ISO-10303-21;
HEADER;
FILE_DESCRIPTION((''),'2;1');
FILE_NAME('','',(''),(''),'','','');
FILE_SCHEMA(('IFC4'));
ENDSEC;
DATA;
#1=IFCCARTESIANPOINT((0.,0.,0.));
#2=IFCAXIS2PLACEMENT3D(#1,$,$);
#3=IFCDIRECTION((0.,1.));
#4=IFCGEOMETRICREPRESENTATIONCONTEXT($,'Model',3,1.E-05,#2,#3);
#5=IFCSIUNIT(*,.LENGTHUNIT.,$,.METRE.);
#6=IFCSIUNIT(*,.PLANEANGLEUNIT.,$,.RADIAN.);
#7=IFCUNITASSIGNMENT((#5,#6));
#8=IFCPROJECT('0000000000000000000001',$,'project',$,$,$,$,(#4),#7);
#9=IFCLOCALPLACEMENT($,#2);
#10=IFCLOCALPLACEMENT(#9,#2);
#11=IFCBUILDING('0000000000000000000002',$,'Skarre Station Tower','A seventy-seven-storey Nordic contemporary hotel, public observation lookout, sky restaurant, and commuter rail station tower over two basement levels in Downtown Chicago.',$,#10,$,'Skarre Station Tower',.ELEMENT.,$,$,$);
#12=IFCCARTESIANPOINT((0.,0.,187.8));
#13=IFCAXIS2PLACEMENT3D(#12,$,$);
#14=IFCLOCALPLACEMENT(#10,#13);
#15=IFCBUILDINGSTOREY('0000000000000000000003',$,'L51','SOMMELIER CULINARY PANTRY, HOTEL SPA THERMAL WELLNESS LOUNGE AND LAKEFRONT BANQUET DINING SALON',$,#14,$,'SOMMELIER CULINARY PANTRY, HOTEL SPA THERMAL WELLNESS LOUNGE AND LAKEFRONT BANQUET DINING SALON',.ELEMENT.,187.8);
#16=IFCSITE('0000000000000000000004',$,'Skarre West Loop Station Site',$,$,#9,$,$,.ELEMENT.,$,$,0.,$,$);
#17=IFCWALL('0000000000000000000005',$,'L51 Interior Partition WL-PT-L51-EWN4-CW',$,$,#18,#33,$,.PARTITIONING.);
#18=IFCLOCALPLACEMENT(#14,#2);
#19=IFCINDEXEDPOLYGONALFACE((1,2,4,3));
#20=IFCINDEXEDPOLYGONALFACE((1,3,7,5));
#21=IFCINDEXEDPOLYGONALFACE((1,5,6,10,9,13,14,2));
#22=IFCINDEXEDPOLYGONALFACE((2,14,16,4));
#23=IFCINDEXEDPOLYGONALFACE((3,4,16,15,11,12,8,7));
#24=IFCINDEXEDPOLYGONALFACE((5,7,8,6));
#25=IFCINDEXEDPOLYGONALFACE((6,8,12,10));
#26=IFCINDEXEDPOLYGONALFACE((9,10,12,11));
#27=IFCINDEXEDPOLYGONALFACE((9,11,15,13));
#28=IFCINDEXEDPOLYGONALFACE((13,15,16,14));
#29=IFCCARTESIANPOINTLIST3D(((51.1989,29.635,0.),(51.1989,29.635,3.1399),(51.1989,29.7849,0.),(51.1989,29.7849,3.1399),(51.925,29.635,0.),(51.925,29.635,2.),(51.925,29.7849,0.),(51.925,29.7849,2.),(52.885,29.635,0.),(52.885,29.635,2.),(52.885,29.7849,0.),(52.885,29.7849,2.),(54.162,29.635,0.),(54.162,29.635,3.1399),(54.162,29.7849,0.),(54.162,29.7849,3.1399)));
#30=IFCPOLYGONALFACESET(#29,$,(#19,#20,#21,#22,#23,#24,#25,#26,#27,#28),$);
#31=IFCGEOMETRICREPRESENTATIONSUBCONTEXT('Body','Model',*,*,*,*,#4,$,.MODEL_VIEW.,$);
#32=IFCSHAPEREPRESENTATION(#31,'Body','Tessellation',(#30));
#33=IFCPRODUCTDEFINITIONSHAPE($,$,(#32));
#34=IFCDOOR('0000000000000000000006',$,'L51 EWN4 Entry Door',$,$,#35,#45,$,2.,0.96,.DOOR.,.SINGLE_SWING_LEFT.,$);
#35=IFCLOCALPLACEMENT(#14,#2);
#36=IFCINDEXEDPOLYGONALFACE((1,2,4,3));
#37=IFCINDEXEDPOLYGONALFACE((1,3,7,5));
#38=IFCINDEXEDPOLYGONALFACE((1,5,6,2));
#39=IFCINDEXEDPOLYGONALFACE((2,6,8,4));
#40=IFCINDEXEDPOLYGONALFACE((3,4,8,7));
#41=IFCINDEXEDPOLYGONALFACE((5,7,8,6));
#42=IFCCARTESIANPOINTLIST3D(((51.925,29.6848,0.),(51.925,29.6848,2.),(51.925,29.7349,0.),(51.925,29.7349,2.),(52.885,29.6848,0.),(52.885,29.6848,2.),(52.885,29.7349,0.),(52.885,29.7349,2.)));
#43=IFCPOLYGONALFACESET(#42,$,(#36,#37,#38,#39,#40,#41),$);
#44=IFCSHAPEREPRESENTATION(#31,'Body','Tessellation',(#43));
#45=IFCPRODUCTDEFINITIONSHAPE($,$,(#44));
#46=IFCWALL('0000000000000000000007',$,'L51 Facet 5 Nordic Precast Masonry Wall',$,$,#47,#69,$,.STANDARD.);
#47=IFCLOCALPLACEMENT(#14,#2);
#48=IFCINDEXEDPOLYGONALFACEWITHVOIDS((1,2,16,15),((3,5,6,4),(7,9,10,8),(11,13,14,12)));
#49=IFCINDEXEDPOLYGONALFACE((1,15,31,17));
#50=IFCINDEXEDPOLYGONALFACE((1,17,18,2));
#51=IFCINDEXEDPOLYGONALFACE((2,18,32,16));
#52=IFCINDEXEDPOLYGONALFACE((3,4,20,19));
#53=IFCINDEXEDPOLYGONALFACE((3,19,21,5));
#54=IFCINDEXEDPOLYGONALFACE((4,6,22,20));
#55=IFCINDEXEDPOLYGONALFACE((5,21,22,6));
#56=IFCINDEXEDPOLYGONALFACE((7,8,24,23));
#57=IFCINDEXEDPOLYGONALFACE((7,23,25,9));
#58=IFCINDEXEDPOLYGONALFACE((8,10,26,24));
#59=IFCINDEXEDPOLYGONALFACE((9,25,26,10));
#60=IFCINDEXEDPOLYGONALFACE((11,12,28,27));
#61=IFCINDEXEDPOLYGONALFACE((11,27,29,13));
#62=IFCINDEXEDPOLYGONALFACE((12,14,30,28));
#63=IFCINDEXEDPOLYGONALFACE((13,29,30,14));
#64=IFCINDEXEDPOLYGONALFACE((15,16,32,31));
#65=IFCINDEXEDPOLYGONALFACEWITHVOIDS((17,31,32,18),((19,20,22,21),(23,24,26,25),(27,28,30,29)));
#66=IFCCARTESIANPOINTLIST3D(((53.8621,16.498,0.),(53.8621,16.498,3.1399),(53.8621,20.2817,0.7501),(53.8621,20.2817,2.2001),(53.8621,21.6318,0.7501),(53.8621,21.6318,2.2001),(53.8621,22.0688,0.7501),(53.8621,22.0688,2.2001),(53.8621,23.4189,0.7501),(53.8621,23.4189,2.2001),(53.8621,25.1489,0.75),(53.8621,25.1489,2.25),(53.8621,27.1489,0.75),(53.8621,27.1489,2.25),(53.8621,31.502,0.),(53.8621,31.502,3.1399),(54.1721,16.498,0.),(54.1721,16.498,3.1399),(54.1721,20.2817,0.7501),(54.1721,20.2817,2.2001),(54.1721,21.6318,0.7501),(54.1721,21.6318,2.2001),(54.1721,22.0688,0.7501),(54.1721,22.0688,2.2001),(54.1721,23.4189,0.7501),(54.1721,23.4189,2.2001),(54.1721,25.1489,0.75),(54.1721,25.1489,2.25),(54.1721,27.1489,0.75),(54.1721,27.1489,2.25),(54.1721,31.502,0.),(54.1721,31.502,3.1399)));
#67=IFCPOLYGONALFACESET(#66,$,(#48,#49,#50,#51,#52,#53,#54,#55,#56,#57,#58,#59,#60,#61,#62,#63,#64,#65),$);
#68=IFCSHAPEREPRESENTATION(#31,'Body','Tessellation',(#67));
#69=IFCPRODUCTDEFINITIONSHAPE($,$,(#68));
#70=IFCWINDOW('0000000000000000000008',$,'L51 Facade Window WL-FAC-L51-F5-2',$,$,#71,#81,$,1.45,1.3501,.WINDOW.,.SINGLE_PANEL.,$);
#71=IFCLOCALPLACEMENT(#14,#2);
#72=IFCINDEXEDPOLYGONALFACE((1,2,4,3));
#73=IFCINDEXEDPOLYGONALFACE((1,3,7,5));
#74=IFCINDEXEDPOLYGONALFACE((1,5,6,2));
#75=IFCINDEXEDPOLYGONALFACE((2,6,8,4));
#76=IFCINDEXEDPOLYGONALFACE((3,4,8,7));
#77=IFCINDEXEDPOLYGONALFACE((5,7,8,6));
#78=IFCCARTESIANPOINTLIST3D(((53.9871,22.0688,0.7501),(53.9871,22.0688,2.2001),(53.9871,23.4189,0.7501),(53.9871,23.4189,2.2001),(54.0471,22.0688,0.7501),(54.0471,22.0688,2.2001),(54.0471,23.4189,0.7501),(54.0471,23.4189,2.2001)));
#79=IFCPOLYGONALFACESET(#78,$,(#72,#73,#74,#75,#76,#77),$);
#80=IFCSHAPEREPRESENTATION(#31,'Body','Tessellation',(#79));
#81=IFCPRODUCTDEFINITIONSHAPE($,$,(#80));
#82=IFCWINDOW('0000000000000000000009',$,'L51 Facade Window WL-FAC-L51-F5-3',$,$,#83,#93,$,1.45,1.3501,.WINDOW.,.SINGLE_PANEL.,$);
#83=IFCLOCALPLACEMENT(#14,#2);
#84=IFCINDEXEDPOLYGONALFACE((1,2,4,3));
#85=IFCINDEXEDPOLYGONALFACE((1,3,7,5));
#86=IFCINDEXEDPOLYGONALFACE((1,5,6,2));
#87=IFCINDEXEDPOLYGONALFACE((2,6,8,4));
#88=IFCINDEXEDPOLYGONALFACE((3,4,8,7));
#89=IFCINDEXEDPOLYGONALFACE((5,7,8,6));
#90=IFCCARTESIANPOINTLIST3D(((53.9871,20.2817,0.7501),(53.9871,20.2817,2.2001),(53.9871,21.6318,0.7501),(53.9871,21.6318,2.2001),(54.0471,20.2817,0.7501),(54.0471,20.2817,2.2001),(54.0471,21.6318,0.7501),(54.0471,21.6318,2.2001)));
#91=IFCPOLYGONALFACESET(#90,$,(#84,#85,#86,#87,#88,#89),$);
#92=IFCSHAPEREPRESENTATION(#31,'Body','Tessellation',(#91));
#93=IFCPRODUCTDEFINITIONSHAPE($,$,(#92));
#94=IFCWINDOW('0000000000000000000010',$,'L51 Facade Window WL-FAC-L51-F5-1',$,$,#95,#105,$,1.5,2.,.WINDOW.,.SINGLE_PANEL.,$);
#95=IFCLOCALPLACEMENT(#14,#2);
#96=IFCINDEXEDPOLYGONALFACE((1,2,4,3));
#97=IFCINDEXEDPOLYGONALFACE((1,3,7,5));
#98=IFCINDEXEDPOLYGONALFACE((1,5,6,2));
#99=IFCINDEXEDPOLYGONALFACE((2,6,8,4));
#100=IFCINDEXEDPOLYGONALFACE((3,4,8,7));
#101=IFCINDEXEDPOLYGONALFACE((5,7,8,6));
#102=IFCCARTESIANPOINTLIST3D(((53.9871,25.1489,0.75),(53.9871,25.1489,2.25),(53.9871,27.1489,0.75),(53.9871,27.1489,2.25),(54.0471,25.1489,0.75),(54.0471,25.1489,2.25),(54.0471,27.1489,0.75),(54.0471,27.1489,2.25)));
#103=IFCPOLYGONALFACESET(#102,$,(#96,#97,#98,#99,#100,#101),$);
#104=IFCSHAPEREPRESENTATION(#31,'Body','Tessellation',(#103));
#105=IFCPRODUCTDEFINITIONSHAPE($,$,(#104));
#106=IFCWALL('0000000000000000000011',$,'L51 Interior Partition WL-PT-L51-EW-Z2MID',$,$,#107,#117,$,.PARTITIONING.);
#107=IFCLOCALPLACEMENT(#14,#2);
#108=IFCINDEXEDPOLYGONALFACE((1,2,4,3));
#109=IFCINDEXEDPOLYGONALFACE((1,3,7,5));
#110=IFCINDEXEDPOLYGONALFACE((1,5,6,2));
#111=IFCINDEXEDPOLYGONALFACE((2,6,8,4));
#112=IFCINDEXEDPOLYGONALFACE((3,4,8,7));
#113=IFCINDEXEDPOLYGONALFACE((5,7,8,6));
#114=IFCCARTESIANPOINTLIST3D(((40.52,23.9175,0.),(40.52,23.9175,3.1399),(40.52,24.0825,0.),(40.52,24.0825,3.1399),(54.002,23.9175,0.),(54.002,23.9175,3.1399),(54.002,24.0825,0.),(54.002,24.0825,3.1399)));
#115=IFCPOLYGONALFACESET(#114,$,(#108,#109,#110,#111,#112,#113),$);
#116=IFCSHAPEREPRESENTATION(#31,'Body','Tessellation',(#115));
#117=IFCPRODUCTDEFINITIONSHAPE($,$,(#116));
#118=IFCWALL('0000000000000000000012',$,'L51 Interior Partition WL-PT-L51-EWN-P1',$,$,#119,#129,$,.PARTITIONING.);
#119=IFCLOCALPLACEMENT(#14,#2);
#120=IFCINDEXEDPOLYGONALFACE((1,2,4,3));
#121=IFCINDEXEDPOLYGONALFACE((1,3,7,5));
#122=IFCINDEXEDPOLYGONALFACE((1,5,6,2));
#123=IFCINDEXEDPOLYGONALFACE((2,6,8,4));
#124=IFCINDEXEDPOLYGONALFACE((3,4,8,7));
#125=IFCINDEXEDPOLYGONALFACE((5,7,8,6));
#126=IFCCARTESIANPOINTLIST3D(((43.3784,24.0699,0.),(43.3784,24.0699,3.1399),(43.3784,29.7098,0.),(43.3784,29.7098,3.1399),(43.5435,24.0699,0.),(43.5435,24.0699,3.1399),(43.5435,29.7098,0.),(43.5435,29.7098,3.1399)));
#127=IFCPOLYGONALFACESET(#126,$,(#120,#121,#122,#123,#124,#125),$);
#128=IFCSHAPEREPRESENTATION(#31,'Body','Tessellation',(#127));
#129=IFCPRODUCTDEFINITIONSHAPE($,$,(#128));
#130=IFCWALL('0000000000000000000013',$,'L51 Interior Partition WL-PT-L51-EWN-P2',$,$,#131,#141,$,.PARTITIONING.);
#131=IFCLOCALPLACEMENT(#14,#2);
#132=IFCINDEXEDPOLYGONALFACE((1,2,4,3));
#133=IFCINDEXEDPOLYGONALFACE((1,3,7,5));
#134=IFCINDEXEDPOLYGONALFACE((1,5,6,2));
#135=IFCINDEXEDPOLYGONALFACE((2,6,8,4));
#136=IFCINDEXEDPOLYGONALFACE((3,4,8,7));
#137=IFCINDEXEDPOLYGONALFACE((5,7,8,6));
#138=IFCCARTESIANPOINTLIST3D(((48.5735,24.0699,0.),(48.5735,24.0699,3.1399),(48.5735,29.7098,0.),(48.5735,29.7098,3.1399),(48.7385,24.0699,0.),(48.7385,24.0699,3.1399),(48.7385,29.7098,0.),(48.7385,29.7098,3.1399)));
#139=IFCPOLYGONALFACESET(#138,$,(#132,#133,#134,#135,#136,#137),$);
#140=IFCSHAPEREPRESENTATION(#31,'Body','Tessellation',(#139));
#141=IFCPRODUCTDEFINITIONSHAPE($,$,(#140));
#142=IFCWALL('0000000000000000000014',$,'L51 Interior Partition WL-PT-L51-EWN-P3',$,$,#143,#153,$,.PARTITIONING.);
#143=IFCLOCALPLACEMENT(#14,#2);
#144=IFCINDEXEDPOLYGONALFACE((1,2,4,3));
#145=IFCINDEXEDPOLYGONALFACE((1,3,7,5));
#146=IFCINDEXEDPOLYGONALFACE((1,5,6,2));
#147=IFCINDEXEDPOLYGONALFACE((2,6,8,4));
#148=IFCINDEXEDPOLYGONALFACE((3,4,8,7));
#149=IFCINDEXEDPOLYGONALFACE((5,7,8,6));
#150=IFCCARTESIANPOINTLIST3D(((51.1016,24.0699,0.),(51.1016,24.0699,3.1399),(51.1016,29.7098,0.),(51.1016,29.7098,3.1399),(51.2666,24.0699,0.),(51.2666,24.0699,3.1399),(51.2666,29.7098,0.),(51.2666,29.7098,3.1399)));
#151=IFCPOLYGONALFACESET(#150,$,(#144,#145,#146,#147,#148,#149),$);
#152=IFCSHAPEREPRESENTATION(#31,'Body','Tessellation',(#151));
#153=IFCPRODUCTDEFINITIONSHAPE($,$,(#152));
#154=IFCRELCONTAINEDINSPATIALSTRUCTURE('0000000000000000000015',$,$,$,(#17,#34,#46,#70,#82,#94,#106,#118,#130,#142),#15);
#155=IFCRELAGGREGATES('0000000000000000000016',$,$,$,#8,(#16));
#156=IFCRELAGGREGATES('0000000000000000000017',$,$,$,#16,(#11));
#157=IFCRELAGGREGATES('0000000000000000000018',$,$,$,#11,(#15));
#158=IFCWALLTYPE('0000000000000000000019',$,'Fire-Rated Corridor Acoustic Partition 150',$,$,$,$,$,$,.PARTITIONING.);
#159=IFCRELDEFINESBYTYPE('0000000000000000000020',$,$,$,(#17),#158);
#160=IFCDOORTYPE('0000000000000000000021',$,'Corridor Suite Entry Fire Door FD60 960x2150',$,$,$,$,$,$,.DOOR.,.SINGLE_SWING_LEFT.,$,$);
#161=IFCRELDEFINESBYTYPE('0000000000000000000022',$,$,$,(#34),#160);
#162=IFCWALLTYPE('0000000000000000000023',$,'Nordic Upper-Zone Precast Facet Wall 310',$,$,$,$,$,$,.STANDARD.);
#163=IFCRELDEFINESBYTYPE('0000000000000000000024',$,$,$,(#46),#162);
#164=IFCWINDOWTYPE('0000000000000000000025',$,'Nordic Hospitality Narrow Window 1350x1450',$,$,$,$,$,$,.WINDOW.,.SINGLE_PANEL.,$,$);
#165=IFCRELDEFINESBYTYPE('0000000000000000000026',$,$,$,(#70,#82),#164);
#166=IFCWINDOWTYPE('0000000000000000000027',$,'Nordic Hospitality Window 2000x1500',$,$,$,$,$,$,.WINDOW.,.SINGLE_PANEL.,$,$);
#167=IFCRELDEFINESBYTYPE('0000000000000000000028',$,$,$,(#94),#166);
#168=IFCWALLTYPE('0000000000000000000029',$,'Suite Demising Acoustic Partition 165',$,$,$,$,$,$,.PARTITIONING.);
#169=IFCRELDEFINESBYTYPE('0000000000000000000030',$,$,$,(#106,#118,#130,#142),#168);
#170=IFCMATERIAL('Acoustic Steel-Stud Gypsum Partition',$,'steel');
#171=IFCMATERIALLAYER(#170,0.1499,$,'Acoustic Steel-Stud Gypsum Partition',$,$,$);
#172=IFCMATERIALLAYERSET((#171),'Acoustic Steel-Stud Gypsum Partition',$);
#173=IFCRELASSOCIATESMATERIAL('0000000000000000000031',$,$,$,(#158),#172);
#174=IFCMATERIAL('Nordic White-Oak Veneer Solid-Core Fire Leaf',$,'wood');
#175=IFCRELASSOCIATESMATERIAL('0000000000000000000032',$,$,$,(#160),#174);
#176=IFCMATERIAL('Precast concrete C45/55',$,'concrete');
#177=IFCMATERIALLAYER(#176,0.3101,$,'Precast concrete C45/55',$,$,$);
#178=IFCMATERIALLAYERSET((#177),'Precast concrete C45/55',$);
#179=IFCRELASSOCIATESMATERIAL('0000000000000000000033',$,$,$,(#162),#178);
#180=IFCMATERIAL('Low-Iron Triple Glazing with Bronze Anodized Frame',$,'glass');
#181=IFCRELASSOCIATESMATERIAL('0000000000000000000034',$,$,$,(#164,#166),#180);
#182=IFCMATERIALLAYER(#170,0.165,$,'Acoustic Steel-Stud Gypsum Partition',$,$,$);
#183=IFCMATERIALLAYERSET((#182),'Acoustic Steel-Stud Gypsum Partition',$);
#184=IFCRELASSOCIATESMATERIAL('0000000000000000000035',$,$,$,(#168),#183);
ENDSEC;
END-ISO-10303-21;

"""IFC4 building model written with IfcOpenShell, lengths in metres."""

from ifc_helpers import new_model, si_unit, direction, frame, frame_2d, origin, place, context, subcontext, project, spatial, rectangle, extrude, material, layer, layer_set, type_object, element, fill, save


model = new_model("IFC4")

# Units and contexts
model_context = context("Model", 3, precision=1e-05, world=origin(), true_north=direction((0.0, 1.0)))
body_context = subcontext(model_context, "Body", "Model", "MODEL_VIEW")
ifc_project = project(units=[si_unit("LENGTHUNIT", "METRE"), si_unit("PLANEANGLEUNIT", "RADIAN")], contexts=[model_context])

# Site, building, storey
site_placement = place(None, origin())
site = spatial("IfcSite", under=ifc_project, at=site_placement, Name="Skarre West Loop Station Site", CompositionType="ELEMENT", RefElevation=0.0)
building_placement = place(site_placement, origin())
building = spatial("IfcBuilding", under=site, at=building_placement, Name="Skarre Station Tower", Description="A seventy-seven-storey Nordic contemporary hotel, public observation lookout, sky restaurant, and commuter rail station tower over two basement levels in Downtown Chicago.", LongName="Skarre Station Tower", CompositionType="ELEMENT")
storey_placement = place(building_placement, frame((0.0, 0.0, 187.8)))
storey = spatial("IfcBuildingStorey", under=building, at=storey_placement, Name="L51", Description="SOMMELIER CULINARY PANTRY, HOTEL SPA THERMAL WELLNESS LOUNGE AND LAKEFRONT BANQUET DINING SALON", LongName="SOMMELIER CULINARY PANTRY, HOTEL SPA THERMAL WELLNESS LOUNGE AND LAKEFRONT BANQUET DINING SALON", CompositionType="ELEMENT", Elevation=187.8)

# Wall, opening, door
ifc_material_1 = material(Name="Acoustic Steel-Stud Gypsum Partition", Category="steel")
ifc_layer_1 = layer(ifc_material_1, 0.1499, Name="Acoustic Steel-Stud Gypsum Partition")
ifc_layer_set_1 = layer_set([ifc_layer_1], Name="Acoustic Steel-Stud Gypsum Partition")
wall_type_1 = type_object("IfcWallType", Name="Fire-Rated Corridor Acoustic Partition 150", PredefinedType="PARTITIONING", material=ifc_layer_set_1)
ifc_material_2 = material(Name="Nordic White-Oak Veneer Solid-Core Fire Leaf", Category="wood")
door_type = type_object("IfcDoorType", Name="Corridor Suite Entry Fire Door FD60 960x2150", OperationType="SINGLE_SWING_LEFT", PredefinedType="DOOR", material=ifc_material_2)
wall_1_placement = place(storey_placement, frame((51.199, 29.71, 0.0), z_axis=(0.0, 0.0, 1.0), x_axis=(1.0, 0.0, 0.0)))
wall_1 = element("IfcWall", 1, at=wall_1_placement, inside=storey, type_object=wall_type_1, Name="L51 Interior Partition WL-PT-L51-EWN4-CW", PredefinedType="PARTITIONING", context=body_context, shape_type="SweptSolid", body=[
    extrude(rectangle(XDim=2.9631, YDim=0.1499, at=frame_2d((1.4814, 0.0))), origin(), (0.0, 0.0, 1.0), 3.1399),
])
opening_1_placement = place(wall_1_placement, frame((0.7261, 0.0, 0.0)))
opening_1 = element("IfcOpeningElement", 2, at=opening_1_placement, cuts=wall_1, PredefinedType="OPENING", context=body_context, shape_type="SweptSolid", body=[
    extrude(rectangle(XDim=0.96, YDim=2.0, at=frame_2d((0.48, 1.0))), frame((0.0, 0.085, 0.0), z_axis=(0.0, -1.0, 0.0), x_axis=(1.0, 0.0, 0.0)), (0.0, 0.0, 1.0), 0.1699),
])
door_1_placement = place(opening_1_placement, origin())
door_1 = element("IfcDoor", 3, at=door_1_placement, inside=storey, type_object=door_type, Name="L51 EWN4 Entry Door", OperationType="SINGLE_SWING_LEFT", OverallHeight=2.0, OverallWidth=0.96, PredefinedType="DOOR", context=body_context, shape_type="SweptSolid", body=[
    extrude(rectangle(XDim=0.96, YDim=2.0, at=frame_2d((0.48, 1.0))), frame((0.0, 0.0249, 0.0), z_axis=(0.0, -1.0, 0.0), x_axis=(1.0, 0.0, 0.0)), (0.0, 0.0, 1.0), 0.05),
])
fill(opening_1, door_1)

# Wall, openings, windows
ifc_material_3 = material(Name="Precast concrete C45/55", Category="concrete")
ifc_layer_2 = layer(ifc_material_3, 0.3101, Name="Precast concrete C45/55")
ifc_layer_set_2 = layer_set([ifc_layer_2], Name="Precast concrete C45/55")
wall_type_2 = type_object("IfcWallType", Name="Nordic Upper-Zone Precast Facet Wall 310", PredefinedType="STANDARD", material=ifc_layer_set_2)
wall_2_placement = place(storey_placement, frame((54.0171, 31.502, 0.0), z_axis=(0.0, 0.0, 1.0), x_axis=(0.0, -1.0, 0.0)))
wall_2 = element("IfcWall", 4, at=wall_2_placement, inside=storey, type_object=wall_type_2, Name="L51 Facet 5 Nordic Precast Masonry Wall", PredefinedType="STANDARD", context=body_context, shape_type="SweptSolid", body=[
    extrude(rectangle(XDim=15.0039, YDim=0.3101, at=frame_2d((7.502, 0.0))), origin(), (0.0, 0.0, 1.0), 3.1399),
])
opening_2_placement = place(wall_2_placement, frame((4.353, 0.0, 0.75)))
opening_2 = element("IfcOpeningElement", 5, at=opening_2_placement, cuts=wall_2, PredefinedType="OPENING", context=body_context, shape_type="SweptSolid", body=[
    extrude(rectangle(XDim=2.0, YDim=1.5, at=frame_2d((1.0, 0.75))), frame((0.0, 0.165, 0.0), z_axis=(0.0, -1.0, 0.0), x_axis=(1.0, 0.0, 0.0)), (0.0, 0.0, 1.0), 0.3301),
])
opening_3_placement = place(wall_2_placement, frame((8.083, 0.0, 0.75)))
opening_3 = element("IfcOpeningElement", 6, at=opening_3_placement, cuts=wall_2, PredefinedType="OPENING", context=body_context, shape_type="SweptSolid", body=[
    extrude(rectangle(XDim=1.3501, YDim=1.45, at=frame_2d((0.675, 0.7251))), frame((0.0, 0.165, 0.0), z_axis=(0.0, -1.0, 0.0), x_axis=(1.0, 0.0, 0.0)), (0.0, 0.0, 1.0), 0.3301),
])
opening_4_placement = place(wall_2_placement, frame((9.8701, 0.0, 0.75)))
opening_4 = element("IfcOpeningElement", 7, at=opening_4_placement, cuts=wall_2, PredefinedType="OPENING", context=body_context, shape_type="SweptSolid", body=[
    extrude(rectangle(XDim=1.3501, YDim=1.45, at=frame_2d((0.675, 0.7251))), frame((0.0, 0.165, 0.0), z_axis=(0.0, -1.0, 0.0), x_axis=(1.0, 0.0, 0.0)), (0.0, 0.0, 1.0), 0.3301),
])
ifc_material_4 = material(Name="Low-Iron Triple Glazing with Bronze Anodized Frame", Category="glass")
window_type_1 = type_object("IfcWindowType", Name="Nordic Hospitality Narrow Window 1350x1450", PartitioningType="SINGLE_PANEL", PredefinedType="WINDOW", material=ifc_material_4)
window_1_placement = place(opening_3_placement, origin())
window_1 = element("IfcWindow", 8, at=window_1_placement, inside=storey, type_object=window_type_1, Name="L51 Facade Window WL-FAC-L51-F5-2", OverallHeight=1.45, OverallWidth=1.3501, PartitioningType="SINGLE_PANEL", PredefinedType="WINDOW", context=body_context, shape_type="SweptSolid", body=[
    extrude(rectangle(XDim=1.3501, YDim=1.45, at=frame_2d((0.675, 0.7251))), frame((0.0, 0.03, 0.0), z_axis=(0.0, -1.0, 0.0), x_axis=(1.0, 0.0, 0.0)), (0.0, 0.0, 1.0), 0.0601),
])
fill(opening_3, window_1)
window_2_placement = place(opening_4_placement, origin())
window_2 = element("IfcWindow", 9, at=window_2_placement, inside=storey, type_object=window_type_1, Name="L51 Facade Window WL-FAC-L51-F5-3", OverallHeight=1.45, OverallWidth=1.3501, PartitioningType="SINGLE_PANEL", PredefinedType="WINDOW", context=body_context, shape_type="SweptSolid", body=[
    extrude(rectangle(XDim=1.3501, YDim=1.45, at=frame_2d((0.675, 0.7251))), frame((0.0, 0.03, 0.0), z_axis=(0.0, -1.0, 0.0), x_axis=(1.0, 0.0, 0.0)), (0.0, 0.0, 1.0), 0.0601),
])
fill(opening_4, window_2)
window_type_2 = type_object("IfcWindowType", Name="Nordic Hospitality Window 2000x1500", PartitioningType="SINGLE_PANEL", PredefinedType="WINDOW", material=ifc_material_4)
window_3_placement = place(opening_2_placement, origin())
window_3 = element("IfcWindow", 10, at=window_3_placement, inside=storey, type_object=window_type_2, Name="L51 Facade Window WL-FAC-L51-F5-1", OverallHeight=1.5, OverallWidth=2.0, PartitioningType="SINGLE_PANEL", PredefinedType="WINDOW", context=body_context, shape_type="SweptSolid", body=[
    extrude(rectangle(XDim=2.0, YDim=1.5, at=frame_2d((1.0, 0.75))), frame((0.0, 0.03, 0.0), z_axis=(0.0, -1.0, 0.0), x_axis=(1.0, 0.0, 0.0)), (0.0, 0.0, 1.0), 0.0601),
])
fill(opening_2, window_3)

# Walls
ifc_layer_3 = layer(ifc_material_1, 0.165, Name="Acoustic Steel-Stud Gypsum Partition")
ifc_layer_set_3 = layer_set([ifc_layer_3], Name="Acoustic Steel-Stud Gypsum Partition")
wall_type_3 = type_object("IfcWallType", Name="Suite Demising Acoustic Partition 165", PredefinedType="PARTITIONING", material=ifc_layer_set_3)
wall_3_placement = place(storey_placement, frame((40.52, 24.0, 0.0), z_axis=(0.0, 0.0, 1.0), x_axis=(1.0, 0.0, 0.0)))
element("IfcWall", 11, at=wall_3_placement, inside=storey, type_object=wall_type_3, Name="L51 Interior Partition WL-PT-L51-EW-Z2MID", PredefinedType="PARTITIONING", context=body_context, shape_type="SweptSolid", body=[
    extrude(rectangle(XDim=13.4819, YDim=0.165, at=frame_2d((6.741, 0.0))), origin(), (0.0, 0.0, 1.0), 3.1399),
])
for number, where, z_axis, x_axis, name in (
    (12, (43.4609, 24.0701, 0.0), (0.0, 0.0, 1.0), (0.0, 1.0, 0.0), "L51 Interior Partition WL-PT-L51-EWN-P1"),
    (13, (48.656, 24.0701, 0.0), (0.0, 0.0, 1.0), (0.0, 1.0, 0.0), "L51 Interior Partition WL-PT-L51-EWN-P2"),
    (14, (51.1841, 24.0701, 0.0), (0.0, 0.0, 1.0), (0.0, 1.0, 0.0), "L51 Interior Partition WL-PT-L51-EWN-P3"),
):
    element("IfcWall", number, at=place(storey_placement, frame(where, z_axis=z_axis, x_axis=x_axis)), inside=storey, type_object=wall_type_3, Name=name, PredefinedType="PARTITIONING", context=body_context, shape_type="SweptSolid", body=[
        extrude(rectangle(XDim=5.6399, YDim=0.165, at=frame_2d((2.8198, 0.0))), origin(), (0.0, 0.0, 1.0), 3.1399),
    ])

save(model, "model.ifc")
